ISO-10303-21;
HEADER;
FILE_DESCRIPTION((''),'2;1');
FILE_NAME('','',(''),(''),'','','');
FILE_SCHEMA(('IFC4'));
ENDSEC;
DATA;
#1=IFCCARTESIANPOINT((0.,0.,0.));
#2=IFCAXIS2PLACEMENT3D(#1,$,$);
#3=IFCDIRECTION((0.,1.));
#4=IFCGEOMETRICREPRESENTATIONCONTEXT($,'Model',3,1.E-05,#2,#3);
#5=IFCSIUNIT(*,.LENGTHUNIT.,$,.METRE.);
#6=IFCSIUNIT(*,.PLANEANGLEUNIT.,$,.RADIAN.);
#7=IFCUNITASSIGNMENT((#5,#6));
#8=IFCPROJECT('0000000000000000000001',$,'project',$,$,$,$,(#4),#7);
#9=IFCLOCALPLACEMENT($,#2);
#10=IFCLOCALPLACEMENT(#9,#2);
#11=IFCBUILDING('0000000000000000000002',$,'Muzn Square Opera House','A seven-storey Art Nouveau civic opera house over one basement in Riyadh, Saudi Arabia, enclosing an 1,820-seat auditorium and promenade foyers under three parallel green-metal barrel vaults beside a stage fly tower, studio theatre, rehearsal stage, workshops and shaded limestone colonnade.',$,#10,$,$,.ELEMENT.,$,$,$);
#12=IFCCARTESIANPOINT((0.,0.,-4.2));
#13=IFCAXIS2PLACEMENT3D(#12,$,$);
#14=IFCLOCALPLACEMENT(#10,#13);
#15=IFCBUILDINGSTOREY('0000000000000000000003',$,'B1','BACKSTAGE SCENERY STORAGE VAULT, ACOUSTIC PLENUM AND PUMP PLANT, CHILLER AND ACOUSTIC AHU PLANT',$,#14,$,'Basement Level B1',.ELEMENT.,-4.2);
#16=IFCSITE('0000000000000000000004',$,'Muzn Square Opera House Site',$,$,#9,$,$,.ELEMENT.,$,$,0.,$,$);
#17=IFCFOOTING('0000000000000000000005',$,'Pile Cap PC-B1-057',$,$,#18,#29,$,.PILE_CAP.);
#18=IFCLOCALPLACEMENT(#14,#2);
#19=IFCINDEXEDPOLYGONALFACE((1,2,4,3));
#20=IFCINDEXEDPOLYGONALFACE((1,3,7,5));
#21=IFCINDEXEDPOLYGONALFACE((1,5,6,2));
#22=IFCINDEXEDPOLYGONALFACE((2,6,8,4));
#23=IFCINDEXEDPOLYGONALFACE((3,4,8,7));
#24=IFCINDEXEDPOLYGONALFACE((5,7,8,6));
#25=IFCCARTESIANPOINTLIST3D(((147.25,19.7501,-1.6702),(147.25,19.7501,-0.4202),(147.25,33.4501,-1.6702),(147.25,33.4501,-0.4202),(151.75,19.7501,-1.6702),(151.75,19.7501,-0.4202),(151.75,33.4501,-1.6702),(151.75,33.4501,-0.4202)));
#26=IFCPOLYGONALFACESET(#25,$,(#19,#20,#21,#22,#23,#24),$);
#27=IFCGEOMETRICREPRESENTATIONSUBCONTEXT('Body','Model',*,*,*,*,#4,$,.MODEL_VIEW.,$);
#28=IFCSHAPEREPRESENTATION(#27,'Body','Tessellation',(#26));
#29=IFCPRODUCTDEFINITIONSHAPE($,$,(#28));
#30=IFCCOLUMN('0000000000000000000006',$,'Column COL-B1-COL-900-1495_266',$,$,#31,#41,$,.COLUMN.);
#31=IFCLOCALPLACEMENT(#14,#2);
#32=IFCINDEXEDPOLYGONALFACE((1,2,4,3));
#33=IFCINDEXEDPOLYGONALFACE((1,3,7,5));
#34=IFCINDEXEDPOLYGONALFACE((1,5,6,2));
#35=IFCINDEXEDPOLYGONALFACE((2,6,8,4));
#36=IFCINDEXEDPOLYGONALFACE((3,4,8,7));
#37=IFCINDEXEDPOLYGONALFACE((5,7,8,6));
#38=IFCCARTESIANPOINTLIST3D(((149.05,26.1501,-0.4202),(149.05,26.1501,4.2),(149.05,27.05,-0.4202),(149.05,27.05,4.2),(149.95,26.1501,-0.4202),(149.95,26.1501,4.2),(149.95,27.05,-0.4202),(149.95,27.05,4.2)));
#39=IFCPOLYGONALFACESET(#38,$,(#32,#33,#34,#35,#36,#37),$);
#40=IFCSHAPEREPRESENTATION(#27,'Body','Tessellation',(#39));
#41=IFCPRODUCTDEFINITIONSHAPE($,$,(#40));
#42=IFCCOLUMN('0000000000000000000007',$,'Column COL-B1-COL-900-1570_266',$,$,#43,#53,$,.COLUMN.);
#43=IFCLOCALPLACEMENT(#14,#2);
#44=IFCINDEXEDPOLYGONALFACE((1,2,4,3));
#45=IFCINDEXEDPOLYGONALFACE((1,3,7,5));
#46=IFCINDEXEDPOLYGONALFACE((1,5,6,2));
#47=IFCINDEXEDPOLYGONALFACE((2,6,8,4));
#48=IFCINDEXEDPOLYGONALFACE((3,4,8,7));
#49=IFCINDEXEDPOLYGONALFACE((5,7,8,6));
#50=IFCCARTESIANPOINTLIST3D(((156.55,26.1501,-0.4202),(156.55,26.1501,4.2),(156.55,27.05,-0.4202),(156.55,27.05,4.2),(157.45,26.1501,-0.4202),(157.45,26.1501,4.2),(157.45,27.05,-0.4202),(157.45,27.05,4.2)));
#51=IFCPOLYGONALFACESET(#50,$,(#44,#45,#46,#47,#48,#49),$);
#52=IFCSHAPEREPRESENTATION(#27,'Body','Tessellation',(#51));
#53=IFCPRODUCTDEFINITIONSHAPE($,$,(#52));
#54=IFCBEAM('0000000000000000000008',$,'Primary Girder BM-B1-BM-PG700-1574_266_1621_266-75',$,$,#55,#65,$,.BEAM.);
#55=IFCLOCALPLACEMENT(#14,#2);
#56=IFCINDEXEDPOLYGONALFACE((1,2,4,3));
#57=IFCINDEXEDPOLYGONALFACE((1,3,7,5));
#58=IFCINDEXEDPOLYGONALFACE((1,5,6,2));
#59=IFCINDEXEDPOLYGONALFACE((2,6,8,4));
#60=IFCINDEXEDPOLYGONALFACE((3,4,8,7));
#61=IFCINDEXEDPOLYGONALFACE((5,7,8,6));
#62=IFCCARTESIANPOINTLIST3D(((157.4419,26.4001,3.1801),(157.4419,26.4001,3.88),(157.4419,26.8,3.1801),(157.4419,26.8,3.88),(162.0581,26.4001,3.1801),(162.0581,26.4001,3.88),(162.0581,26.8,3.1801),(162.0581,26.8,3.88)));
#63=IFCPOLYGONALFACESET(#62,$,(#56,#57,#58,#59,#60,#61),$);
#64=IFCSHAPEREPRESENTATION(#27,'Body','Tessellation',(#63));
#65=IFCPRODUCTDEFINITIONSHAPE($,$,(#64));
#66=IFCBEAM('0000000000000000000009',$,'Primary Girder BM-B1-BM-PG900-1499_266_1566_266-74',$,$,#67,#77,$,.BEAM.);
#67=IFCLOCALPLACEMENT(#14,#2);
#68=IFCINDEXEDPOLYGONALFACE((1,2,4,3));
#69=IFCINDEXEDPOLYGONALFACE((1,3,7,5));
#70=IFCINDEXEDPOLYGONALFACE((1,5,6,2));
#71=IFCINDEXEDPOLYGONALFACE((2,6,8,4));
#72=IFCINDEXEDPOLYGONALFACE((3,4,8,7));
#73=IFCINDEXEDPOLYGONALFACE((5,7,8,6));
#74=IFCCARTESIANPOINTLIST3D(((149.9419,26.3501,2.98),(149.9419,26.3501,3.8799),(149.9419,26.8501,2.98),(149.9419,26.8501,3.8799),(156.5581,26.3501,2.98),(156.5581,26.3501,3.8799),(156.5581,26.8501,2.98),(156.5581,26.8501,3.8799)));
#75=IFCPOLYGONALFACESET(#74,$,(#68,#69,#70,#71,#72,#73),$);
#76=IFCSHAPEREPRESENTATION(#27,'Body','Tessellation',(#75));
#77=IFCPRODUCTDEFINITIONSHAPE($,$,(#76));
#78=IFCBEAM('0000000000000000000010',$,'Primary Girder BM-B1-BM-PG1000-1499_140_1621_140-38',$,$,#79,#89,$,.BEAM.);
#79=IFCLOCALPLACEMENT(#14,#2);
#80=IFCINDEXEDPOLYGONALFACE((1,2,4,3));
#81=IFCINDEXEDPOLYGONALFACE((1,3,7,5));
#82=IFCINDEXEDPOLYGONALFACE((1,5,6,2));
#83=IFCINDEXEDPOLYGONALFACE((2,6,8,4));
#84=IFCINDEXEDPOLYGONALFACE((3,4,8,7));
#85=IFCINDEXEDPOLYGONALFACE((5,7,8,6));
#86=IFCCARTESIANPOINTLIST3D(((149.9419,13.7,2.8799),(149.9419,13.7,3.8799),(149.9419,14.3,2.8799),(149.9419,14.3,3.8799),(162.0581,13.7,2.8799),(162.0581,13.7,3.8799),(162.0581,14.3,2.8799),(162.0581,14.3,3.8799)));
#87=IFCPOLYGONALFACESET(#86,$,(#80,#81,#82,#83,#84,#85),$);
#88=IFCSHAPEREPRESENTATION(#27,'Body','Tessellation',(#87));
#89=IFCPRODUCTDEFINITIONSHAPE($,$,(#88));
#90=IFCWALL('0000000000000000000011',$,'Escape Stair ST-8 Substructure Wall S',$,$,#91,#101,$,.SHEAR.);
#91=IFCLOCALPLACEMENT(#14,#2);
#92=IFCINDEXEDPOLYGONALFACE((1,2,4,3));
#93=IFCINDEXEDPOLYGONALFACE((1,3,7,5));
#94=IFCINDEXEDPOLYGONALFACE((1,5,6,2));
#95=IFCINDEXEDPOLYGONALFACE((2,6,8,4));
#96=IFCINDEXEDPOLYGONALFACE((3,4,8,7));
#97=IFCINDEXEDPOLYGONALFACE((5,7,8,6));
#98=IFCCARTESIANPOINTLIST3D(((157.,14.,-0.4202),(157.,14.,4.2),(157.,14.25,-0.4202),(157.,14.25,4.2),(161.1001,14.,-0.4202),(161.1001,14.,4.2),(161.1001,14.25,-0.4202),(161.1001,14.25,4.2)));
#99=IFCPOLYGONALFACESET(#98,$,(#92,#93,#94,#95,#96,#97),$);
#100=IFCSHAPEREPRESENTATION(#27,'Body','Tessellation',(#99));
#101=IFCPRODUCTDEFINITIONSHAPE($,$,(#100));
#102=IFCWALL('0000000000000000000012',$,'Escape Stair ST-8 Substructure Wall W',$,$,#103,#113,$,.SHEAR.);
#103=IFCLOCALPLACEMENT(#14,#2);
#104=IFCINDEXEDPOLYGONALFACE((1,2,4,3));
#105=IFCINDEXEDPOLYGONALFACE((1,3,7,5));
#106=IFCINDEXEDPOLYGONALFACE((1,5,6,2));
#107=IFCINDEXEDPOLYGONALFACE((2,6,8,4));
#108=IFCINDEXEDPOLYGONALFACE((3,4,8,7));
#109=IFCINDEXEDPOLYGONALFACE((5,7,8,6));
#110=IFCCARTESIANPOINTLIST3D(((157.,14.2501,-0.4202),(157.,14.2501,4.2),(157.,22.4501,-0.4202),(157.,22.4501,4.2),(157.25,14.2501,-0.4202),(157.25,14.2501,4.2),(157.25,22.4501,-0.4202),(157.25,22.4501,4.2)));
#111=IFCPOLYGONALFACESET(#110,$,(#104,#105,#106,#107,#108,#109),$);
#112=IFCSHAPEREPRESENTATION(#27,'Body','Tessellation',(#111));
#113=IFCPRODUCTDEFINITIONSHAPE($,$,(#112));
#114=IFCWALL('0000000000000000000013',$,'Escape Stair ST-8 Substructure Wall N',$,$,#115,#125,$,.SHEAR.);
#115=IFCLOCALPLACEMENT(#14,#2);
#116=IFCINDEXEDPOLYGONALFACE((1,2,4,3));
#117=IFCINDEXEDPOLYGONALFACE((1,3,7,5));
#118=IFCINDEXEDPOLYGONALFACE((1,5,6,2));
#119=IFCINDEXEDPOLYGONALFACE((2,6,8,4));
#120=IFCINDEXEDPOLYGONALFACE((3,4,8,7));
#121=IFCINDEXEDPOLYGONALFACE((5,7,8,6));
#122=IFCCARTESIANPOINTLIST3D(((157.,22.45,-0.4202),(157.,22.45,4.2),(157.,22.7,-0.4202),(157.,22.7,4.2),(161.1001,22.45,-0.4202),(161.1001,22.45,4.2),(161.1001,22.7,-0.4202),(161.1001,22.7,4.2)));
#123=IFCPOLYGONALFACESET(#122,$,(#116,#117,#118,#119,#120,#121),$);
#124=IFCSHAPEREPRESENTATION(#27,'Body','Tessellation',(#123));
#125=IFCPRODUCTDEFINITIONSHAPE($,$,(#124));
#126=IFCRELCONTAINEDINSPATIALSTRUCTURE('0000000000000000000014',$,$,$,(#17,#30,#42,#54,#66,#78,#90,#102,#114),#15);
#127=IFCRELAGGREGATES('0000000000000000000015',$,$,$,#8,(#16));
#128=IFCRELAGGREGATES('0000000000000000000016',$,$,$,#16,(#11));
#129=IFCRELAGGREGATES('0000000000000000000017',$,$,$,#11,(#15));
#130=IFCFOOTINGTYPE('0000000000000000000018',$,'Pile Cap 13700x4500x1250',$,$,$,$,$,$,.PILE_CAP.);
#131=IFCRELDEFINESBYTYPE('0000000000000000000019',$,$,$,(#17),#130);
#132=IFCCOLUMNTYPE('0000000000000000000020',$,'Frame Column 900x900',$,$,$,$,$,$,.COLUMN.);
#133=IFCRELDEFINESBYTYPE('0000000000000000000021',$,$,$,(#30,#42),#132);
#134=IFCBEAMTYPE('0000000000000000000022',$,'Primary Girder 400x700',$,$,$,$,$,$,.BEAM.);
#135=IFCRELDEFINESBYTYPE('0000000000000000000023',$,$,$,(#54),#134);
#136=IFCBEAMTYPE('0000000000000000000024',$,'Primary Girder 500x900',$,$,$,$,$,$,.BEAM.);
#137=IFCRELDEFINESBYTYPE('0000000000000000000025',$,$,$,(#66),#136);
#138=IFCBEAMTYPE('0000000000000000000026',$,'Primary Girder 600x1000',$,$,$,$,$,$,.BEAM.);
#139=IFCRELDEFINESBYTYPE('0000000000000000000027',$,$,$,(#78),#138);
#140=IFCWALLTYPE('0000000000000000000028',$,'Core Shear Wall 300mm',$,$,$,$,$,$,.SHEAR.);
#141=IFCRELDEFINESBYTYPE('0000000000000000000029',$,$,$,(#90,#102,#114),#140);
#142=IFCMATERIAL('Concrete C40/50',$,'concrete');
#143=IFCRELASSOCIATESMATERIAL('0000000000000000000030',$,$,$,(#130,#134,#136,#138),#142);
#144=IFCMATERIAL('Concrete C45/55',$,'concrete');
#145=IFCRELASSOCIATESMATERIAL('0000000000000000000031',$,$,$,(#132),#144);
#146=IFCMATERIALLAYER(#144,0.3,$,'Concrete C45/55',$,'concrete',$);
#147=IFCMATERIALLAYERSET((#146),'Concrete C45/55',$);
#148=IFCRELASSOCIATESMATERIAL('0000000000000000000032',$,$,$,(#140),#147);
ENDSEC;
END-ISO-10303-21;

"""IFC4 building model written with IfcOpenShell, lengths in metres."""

from ifc_helpers import new_model, si_unit, direction, frame, frame_2d, origin, origin_2d, place, context, subcontext, project, spatial, rectangle, extrude, material, layer, layer_set, material_profile, profile_set, type_object, element, save


model = new_model("IFC4")

# Units and contexts
model_context = context("Model", 3, precision=1e-05, world=origin(), true_north=direction((0.0, 1.0)))
body_context = subcontext(model_context, "Body", "Model", "MODEL_VIEW")
ifc_project = project(units=[si_unit("LENGTHUNIT", "METRE"), si_unit("PLANEANGLEUNIT", "RADIAN")], contexts=[model_context])

# Site, building, storey
site_placement = place(None, origin())
site = spatial("IfcSite", under=ifc_project, at=site_placement, Name="Muzn Square Opera House Site", CompositionType="ELEMENT", RefElevation=0.0)
building_placement = place(site_placement, origin())
building = spatial("IfcBuilding", under=site, at=building_placement, Name="Muzn Square Opera House", Description="A seven-storey Art Nouveau civic opera house over one basement in Riyadh, Saudi Arabia, enclosing an 1,820-seat auditorium and promenade foyers under three parallel green-metal barrel vaults beside a stage fly tower, studio theatre, rehearsal stage, workshops and shaded limestone colonnade.", CompositionType="ELEMENT")
storey_placement = place(building_placement, frame((0.0, 0.0, -4.2)))
storey = spatial("IfcBuildingStorey", under=building, at=storey_placement, Name="B1", Description="BACKSTAGE SCENERY STORAGE VAULT, ACOUSTIC PLENUM AND PUMP PLANT, CHILLER AND ACOUSTIC AHU PLANT", LongName="Basement Level B1", CompositionType="ELEMENT", Elevation=-4.2)

# Shared definitions
ifc_material_1 = material(Name="Concrete C40/50", Category="concrete")

# Footing
footing_type_1 = type_object("IfcFootingType", Name="Pile Cap 13700x4500x1250", PredefinedType="PILE_CAP", material=ifc_material_1)
footing_1_placement = place(storey_placement, frame((149.5, 26.6001, -1.6702), z_axis=(0.0, 0.0, 1.0), x_axis=(1.0, 0.0, 0.0)))
element("IfcFooting", 1, at=footing_1_placement, inside=storey, type_object=footing_type_1, Name="Pile Cap PC-B1-057", PredefinedType="PILE_CAP", context=body_context, shape_type="SweptSolid", body=[
    extrude(rectangle(XDim=4.5, YDim=13.7, at=origin_2d()), origin(), (0.0, 0.0, 1.0), 1.25),
])

# Columns
ifc_material_2 = material(Name="Concrete C45/55", Category="concrete")
ifc_material_profile_1 = material_profile(ifc_material_2, rectangle(XDim=0.8999, YDim=0.8999, at=origin_2d()), Name="RC 900x900", Category="concrete")
ifc_profile_set_1 = profile_set([ifc_material_profile_1], Name="Concrete C45/55")
column_type = type_object("IfcColumnType", Name="Frame Column 900x900", PredefinedType="COLUMN", material=ifc_profile_set_1)
for number, where, z_axis, x_axis, name in (
    (2, (149.5, 26.6001, -0.4202), (0.0, 0.0, 1.0), (1.0, 0.0, 0.0), "Column COL-B1-COL-900-1495_266"),
    (3, (157.0, 26.6001, -0.4202), (0.0, 0.0, 1.0), (1.0, 0.0, 0.0), "Column COL-B1-COL-900-1570_266"),
):
    element("IfcColumn", number, at=place(storey_placement, frame(where, z_axis=z_axis, x_axis=x_axis)), inside=storey, type_object=column_type, Name=name, PredefinedType="COLUMN", context=body_context, shape_type="SweptSolid", body=[
        extrude(rectangle(XDim=0.8999, YDim=0.8999, at=origin_2d()), origin(), (0.0, 0.0, 1.0), 4.6201),
    ])

# Beams
ifc_material_profile_2 = material_profile(ifc_material_1, rectangle(XDim=0.3999, YDim=0.7, at=origin_2d()), Name="RCB 400x700", Category="concrete")
ifc_profile_set_2 = profile_set([ifc_material_profile_2], Name="Concrete C40/50")
beam_type_1 = type_object("IfcBeamType", Name="Primary Girder 400x700", PredefinedType="BEAM", material=ifc_profile_set_2)
beam_1_placement = place(storey_placement, frame((157.4419, 26.6001, 3.53), z_axis=(1.0, 0.0, 0.0), x_axis=(0.0, 1.0, 0.0)))
element("IfcBeam", 4, at=beam_1_placement, inside=storey, type_object=beam_type_1, Name="Primary Girder BM-B1-BM-PG700-1574_266_1621_266-75", PredefinedType="BEAM", context=body_context, shape_type="SweptSolid", body=[
    extrude(rectangle(XDim=0.3999, YDim=0.7, at=origin_2d()), origin(), (0.0, 0.0, 1.0), 4.6162),
])
ifc_material_profile_3 = material_profile(ifc_material_1, rectangle(XDim=0.5, YDim=0.8999, at=origin_2d()), Name="RCB 500x900", Category="concrete")
ifc_profile_set_3 = profile_set([ifc_material_profile_3], Name="Concrete C40/50")
beam_type_2 = type_object("IfcBeamType", Name="Primary Girder 500x900", PredefinedType="BEAM", material=ifc_profile_set_3)
beam_2_placement = place(storey_placement, frame((149.9419, 26.6001, 3.4299), z_axis=(1.0, 0.0, 0.0), x_axis=(0.0, 1.0, 0.0)))
element("IfcBeam", 5, at=beam_2_placement, inside=storey, type_object=beam_type_2, Name="Primary Girder BM-B1-BM-PG900-1499_266_1566_266-74", PredefinedType="BEAM", context=body_context, shape_type="SweptSolid", body=[
    extrude(rectangle(XDim=0.5, YDim=0.8999, at=origin_2d()), origin(), (0.0, 0.0, 1.0), 6.6162),
])
ifc_material_profile_4 = material_profile(ifc_material_1, rectangle(XDim=0.6001, YDim=1.0, at=origin_2d()), Name="RCB 600x1000", Category="concrete")
ifc_profile_set_4 = profile_set([ifc_material_profile_4], Name="Concrete C40/50")
beam_type_3 = type_object("IfcBeamType", Name="Primary Girder 600x1000", PredefinedType="BEAM", material=ifc_profile_set_4)
beam_3_placement = place(storey_placement, frame((149.9419, 14.0, 3.3799), z_axis=(1.0, 0.0, 0.0), x_axis=(0.0, 1.0, 0.0)))
element("IfcBeam", 6, at=beam_3_placement, inside=storey, type_object=beam_type_3, Name="Primary Girder BM-B1-BM-PG1000-1499_140_1621_140-38", PredefinedType="BEAM", context=body_context, shape_type="SweptSolid", body=[
    extrude(rectangle(XDim=0.6001, YDim=1.0, at=origin_2d()), origin(), (0.0, 0.0, 1.0), 12.1162),
])

# Walls
ifc_layer = layer(ifc_material_2, 0.3, Name="Concrete C45/55", Category="concrete")
ifc_layer_set = layer_set([ifc_layer], Name="Concrete C45/55")
wall_type = type_object("IfcWallType", Name="Core Shear Wall 300mm", PredefinedType="SHEAR", material=ifc_layer_set)
wall_1_placement = place(storey_placement, frame((157.0, 14.125, -0.4202), z_axis=(0.0, 0.0, 1.0), x_axis=(1.0, 0.0, 0.0)))
element("IfcWall", 7, at=wall_1_placement, inside=storey, type_object=wall_type, Name="Escape Stair ST-8 Substructure Wall S", PredefinedType="SHEAR", context=body_context, shape_type="SweptSolid", body=[
    extrude(rectangle(XDim=4.1001, YDim=0.25, at=frame_2d((2.05, 0.0))), origin(), (0.0, 0.0, 1.0), 4.6201),
])
wall_2_placement = place(storey_placement, frame((157.125, 14.25, -0.4202), z_axis=(0.0, 0.0, 1.0), x_axis=(0.0, 1.0, 0.0)))
element("IfcWall", 8, at=wall_2_placement, inside=storey, type_object=wall_type, Name="Escape Stair ST-8 Substructure Wall W", PredefinedType="SHEAR", context=body_context, shape_type="SweptSolid", body=[
    extrude(rectangle(XDim=8.2, YDim=0.25, at=frame_2d((4.1001, 0.0))), origin(), (0.0, 0.0, 1.0), 4.6201),
])
wall_3_placement = place(storey_placement, frame((157.0, 22.575, -0.4202), z_axis=(0.0, 0.0, 1.0), x_axis=(1.0, 0.0, 0.0)))
element("IfcWall", 9, at=wall_3_placement, inside=storey, type_object=wall_type, Name="Escape Stair ST-8 Substructure Wall N", PredefinedType="SHEAR", context=body_context, shape_type="SweptSolid", body=[
    extrude(rectangle(XDim=4.1001, YDim=0.25, at=frame_2d((2.05, 0.0))), origin(), (0.0, 0.0, 1.0), 4.6201),
])

save(model, "model.ifc")
